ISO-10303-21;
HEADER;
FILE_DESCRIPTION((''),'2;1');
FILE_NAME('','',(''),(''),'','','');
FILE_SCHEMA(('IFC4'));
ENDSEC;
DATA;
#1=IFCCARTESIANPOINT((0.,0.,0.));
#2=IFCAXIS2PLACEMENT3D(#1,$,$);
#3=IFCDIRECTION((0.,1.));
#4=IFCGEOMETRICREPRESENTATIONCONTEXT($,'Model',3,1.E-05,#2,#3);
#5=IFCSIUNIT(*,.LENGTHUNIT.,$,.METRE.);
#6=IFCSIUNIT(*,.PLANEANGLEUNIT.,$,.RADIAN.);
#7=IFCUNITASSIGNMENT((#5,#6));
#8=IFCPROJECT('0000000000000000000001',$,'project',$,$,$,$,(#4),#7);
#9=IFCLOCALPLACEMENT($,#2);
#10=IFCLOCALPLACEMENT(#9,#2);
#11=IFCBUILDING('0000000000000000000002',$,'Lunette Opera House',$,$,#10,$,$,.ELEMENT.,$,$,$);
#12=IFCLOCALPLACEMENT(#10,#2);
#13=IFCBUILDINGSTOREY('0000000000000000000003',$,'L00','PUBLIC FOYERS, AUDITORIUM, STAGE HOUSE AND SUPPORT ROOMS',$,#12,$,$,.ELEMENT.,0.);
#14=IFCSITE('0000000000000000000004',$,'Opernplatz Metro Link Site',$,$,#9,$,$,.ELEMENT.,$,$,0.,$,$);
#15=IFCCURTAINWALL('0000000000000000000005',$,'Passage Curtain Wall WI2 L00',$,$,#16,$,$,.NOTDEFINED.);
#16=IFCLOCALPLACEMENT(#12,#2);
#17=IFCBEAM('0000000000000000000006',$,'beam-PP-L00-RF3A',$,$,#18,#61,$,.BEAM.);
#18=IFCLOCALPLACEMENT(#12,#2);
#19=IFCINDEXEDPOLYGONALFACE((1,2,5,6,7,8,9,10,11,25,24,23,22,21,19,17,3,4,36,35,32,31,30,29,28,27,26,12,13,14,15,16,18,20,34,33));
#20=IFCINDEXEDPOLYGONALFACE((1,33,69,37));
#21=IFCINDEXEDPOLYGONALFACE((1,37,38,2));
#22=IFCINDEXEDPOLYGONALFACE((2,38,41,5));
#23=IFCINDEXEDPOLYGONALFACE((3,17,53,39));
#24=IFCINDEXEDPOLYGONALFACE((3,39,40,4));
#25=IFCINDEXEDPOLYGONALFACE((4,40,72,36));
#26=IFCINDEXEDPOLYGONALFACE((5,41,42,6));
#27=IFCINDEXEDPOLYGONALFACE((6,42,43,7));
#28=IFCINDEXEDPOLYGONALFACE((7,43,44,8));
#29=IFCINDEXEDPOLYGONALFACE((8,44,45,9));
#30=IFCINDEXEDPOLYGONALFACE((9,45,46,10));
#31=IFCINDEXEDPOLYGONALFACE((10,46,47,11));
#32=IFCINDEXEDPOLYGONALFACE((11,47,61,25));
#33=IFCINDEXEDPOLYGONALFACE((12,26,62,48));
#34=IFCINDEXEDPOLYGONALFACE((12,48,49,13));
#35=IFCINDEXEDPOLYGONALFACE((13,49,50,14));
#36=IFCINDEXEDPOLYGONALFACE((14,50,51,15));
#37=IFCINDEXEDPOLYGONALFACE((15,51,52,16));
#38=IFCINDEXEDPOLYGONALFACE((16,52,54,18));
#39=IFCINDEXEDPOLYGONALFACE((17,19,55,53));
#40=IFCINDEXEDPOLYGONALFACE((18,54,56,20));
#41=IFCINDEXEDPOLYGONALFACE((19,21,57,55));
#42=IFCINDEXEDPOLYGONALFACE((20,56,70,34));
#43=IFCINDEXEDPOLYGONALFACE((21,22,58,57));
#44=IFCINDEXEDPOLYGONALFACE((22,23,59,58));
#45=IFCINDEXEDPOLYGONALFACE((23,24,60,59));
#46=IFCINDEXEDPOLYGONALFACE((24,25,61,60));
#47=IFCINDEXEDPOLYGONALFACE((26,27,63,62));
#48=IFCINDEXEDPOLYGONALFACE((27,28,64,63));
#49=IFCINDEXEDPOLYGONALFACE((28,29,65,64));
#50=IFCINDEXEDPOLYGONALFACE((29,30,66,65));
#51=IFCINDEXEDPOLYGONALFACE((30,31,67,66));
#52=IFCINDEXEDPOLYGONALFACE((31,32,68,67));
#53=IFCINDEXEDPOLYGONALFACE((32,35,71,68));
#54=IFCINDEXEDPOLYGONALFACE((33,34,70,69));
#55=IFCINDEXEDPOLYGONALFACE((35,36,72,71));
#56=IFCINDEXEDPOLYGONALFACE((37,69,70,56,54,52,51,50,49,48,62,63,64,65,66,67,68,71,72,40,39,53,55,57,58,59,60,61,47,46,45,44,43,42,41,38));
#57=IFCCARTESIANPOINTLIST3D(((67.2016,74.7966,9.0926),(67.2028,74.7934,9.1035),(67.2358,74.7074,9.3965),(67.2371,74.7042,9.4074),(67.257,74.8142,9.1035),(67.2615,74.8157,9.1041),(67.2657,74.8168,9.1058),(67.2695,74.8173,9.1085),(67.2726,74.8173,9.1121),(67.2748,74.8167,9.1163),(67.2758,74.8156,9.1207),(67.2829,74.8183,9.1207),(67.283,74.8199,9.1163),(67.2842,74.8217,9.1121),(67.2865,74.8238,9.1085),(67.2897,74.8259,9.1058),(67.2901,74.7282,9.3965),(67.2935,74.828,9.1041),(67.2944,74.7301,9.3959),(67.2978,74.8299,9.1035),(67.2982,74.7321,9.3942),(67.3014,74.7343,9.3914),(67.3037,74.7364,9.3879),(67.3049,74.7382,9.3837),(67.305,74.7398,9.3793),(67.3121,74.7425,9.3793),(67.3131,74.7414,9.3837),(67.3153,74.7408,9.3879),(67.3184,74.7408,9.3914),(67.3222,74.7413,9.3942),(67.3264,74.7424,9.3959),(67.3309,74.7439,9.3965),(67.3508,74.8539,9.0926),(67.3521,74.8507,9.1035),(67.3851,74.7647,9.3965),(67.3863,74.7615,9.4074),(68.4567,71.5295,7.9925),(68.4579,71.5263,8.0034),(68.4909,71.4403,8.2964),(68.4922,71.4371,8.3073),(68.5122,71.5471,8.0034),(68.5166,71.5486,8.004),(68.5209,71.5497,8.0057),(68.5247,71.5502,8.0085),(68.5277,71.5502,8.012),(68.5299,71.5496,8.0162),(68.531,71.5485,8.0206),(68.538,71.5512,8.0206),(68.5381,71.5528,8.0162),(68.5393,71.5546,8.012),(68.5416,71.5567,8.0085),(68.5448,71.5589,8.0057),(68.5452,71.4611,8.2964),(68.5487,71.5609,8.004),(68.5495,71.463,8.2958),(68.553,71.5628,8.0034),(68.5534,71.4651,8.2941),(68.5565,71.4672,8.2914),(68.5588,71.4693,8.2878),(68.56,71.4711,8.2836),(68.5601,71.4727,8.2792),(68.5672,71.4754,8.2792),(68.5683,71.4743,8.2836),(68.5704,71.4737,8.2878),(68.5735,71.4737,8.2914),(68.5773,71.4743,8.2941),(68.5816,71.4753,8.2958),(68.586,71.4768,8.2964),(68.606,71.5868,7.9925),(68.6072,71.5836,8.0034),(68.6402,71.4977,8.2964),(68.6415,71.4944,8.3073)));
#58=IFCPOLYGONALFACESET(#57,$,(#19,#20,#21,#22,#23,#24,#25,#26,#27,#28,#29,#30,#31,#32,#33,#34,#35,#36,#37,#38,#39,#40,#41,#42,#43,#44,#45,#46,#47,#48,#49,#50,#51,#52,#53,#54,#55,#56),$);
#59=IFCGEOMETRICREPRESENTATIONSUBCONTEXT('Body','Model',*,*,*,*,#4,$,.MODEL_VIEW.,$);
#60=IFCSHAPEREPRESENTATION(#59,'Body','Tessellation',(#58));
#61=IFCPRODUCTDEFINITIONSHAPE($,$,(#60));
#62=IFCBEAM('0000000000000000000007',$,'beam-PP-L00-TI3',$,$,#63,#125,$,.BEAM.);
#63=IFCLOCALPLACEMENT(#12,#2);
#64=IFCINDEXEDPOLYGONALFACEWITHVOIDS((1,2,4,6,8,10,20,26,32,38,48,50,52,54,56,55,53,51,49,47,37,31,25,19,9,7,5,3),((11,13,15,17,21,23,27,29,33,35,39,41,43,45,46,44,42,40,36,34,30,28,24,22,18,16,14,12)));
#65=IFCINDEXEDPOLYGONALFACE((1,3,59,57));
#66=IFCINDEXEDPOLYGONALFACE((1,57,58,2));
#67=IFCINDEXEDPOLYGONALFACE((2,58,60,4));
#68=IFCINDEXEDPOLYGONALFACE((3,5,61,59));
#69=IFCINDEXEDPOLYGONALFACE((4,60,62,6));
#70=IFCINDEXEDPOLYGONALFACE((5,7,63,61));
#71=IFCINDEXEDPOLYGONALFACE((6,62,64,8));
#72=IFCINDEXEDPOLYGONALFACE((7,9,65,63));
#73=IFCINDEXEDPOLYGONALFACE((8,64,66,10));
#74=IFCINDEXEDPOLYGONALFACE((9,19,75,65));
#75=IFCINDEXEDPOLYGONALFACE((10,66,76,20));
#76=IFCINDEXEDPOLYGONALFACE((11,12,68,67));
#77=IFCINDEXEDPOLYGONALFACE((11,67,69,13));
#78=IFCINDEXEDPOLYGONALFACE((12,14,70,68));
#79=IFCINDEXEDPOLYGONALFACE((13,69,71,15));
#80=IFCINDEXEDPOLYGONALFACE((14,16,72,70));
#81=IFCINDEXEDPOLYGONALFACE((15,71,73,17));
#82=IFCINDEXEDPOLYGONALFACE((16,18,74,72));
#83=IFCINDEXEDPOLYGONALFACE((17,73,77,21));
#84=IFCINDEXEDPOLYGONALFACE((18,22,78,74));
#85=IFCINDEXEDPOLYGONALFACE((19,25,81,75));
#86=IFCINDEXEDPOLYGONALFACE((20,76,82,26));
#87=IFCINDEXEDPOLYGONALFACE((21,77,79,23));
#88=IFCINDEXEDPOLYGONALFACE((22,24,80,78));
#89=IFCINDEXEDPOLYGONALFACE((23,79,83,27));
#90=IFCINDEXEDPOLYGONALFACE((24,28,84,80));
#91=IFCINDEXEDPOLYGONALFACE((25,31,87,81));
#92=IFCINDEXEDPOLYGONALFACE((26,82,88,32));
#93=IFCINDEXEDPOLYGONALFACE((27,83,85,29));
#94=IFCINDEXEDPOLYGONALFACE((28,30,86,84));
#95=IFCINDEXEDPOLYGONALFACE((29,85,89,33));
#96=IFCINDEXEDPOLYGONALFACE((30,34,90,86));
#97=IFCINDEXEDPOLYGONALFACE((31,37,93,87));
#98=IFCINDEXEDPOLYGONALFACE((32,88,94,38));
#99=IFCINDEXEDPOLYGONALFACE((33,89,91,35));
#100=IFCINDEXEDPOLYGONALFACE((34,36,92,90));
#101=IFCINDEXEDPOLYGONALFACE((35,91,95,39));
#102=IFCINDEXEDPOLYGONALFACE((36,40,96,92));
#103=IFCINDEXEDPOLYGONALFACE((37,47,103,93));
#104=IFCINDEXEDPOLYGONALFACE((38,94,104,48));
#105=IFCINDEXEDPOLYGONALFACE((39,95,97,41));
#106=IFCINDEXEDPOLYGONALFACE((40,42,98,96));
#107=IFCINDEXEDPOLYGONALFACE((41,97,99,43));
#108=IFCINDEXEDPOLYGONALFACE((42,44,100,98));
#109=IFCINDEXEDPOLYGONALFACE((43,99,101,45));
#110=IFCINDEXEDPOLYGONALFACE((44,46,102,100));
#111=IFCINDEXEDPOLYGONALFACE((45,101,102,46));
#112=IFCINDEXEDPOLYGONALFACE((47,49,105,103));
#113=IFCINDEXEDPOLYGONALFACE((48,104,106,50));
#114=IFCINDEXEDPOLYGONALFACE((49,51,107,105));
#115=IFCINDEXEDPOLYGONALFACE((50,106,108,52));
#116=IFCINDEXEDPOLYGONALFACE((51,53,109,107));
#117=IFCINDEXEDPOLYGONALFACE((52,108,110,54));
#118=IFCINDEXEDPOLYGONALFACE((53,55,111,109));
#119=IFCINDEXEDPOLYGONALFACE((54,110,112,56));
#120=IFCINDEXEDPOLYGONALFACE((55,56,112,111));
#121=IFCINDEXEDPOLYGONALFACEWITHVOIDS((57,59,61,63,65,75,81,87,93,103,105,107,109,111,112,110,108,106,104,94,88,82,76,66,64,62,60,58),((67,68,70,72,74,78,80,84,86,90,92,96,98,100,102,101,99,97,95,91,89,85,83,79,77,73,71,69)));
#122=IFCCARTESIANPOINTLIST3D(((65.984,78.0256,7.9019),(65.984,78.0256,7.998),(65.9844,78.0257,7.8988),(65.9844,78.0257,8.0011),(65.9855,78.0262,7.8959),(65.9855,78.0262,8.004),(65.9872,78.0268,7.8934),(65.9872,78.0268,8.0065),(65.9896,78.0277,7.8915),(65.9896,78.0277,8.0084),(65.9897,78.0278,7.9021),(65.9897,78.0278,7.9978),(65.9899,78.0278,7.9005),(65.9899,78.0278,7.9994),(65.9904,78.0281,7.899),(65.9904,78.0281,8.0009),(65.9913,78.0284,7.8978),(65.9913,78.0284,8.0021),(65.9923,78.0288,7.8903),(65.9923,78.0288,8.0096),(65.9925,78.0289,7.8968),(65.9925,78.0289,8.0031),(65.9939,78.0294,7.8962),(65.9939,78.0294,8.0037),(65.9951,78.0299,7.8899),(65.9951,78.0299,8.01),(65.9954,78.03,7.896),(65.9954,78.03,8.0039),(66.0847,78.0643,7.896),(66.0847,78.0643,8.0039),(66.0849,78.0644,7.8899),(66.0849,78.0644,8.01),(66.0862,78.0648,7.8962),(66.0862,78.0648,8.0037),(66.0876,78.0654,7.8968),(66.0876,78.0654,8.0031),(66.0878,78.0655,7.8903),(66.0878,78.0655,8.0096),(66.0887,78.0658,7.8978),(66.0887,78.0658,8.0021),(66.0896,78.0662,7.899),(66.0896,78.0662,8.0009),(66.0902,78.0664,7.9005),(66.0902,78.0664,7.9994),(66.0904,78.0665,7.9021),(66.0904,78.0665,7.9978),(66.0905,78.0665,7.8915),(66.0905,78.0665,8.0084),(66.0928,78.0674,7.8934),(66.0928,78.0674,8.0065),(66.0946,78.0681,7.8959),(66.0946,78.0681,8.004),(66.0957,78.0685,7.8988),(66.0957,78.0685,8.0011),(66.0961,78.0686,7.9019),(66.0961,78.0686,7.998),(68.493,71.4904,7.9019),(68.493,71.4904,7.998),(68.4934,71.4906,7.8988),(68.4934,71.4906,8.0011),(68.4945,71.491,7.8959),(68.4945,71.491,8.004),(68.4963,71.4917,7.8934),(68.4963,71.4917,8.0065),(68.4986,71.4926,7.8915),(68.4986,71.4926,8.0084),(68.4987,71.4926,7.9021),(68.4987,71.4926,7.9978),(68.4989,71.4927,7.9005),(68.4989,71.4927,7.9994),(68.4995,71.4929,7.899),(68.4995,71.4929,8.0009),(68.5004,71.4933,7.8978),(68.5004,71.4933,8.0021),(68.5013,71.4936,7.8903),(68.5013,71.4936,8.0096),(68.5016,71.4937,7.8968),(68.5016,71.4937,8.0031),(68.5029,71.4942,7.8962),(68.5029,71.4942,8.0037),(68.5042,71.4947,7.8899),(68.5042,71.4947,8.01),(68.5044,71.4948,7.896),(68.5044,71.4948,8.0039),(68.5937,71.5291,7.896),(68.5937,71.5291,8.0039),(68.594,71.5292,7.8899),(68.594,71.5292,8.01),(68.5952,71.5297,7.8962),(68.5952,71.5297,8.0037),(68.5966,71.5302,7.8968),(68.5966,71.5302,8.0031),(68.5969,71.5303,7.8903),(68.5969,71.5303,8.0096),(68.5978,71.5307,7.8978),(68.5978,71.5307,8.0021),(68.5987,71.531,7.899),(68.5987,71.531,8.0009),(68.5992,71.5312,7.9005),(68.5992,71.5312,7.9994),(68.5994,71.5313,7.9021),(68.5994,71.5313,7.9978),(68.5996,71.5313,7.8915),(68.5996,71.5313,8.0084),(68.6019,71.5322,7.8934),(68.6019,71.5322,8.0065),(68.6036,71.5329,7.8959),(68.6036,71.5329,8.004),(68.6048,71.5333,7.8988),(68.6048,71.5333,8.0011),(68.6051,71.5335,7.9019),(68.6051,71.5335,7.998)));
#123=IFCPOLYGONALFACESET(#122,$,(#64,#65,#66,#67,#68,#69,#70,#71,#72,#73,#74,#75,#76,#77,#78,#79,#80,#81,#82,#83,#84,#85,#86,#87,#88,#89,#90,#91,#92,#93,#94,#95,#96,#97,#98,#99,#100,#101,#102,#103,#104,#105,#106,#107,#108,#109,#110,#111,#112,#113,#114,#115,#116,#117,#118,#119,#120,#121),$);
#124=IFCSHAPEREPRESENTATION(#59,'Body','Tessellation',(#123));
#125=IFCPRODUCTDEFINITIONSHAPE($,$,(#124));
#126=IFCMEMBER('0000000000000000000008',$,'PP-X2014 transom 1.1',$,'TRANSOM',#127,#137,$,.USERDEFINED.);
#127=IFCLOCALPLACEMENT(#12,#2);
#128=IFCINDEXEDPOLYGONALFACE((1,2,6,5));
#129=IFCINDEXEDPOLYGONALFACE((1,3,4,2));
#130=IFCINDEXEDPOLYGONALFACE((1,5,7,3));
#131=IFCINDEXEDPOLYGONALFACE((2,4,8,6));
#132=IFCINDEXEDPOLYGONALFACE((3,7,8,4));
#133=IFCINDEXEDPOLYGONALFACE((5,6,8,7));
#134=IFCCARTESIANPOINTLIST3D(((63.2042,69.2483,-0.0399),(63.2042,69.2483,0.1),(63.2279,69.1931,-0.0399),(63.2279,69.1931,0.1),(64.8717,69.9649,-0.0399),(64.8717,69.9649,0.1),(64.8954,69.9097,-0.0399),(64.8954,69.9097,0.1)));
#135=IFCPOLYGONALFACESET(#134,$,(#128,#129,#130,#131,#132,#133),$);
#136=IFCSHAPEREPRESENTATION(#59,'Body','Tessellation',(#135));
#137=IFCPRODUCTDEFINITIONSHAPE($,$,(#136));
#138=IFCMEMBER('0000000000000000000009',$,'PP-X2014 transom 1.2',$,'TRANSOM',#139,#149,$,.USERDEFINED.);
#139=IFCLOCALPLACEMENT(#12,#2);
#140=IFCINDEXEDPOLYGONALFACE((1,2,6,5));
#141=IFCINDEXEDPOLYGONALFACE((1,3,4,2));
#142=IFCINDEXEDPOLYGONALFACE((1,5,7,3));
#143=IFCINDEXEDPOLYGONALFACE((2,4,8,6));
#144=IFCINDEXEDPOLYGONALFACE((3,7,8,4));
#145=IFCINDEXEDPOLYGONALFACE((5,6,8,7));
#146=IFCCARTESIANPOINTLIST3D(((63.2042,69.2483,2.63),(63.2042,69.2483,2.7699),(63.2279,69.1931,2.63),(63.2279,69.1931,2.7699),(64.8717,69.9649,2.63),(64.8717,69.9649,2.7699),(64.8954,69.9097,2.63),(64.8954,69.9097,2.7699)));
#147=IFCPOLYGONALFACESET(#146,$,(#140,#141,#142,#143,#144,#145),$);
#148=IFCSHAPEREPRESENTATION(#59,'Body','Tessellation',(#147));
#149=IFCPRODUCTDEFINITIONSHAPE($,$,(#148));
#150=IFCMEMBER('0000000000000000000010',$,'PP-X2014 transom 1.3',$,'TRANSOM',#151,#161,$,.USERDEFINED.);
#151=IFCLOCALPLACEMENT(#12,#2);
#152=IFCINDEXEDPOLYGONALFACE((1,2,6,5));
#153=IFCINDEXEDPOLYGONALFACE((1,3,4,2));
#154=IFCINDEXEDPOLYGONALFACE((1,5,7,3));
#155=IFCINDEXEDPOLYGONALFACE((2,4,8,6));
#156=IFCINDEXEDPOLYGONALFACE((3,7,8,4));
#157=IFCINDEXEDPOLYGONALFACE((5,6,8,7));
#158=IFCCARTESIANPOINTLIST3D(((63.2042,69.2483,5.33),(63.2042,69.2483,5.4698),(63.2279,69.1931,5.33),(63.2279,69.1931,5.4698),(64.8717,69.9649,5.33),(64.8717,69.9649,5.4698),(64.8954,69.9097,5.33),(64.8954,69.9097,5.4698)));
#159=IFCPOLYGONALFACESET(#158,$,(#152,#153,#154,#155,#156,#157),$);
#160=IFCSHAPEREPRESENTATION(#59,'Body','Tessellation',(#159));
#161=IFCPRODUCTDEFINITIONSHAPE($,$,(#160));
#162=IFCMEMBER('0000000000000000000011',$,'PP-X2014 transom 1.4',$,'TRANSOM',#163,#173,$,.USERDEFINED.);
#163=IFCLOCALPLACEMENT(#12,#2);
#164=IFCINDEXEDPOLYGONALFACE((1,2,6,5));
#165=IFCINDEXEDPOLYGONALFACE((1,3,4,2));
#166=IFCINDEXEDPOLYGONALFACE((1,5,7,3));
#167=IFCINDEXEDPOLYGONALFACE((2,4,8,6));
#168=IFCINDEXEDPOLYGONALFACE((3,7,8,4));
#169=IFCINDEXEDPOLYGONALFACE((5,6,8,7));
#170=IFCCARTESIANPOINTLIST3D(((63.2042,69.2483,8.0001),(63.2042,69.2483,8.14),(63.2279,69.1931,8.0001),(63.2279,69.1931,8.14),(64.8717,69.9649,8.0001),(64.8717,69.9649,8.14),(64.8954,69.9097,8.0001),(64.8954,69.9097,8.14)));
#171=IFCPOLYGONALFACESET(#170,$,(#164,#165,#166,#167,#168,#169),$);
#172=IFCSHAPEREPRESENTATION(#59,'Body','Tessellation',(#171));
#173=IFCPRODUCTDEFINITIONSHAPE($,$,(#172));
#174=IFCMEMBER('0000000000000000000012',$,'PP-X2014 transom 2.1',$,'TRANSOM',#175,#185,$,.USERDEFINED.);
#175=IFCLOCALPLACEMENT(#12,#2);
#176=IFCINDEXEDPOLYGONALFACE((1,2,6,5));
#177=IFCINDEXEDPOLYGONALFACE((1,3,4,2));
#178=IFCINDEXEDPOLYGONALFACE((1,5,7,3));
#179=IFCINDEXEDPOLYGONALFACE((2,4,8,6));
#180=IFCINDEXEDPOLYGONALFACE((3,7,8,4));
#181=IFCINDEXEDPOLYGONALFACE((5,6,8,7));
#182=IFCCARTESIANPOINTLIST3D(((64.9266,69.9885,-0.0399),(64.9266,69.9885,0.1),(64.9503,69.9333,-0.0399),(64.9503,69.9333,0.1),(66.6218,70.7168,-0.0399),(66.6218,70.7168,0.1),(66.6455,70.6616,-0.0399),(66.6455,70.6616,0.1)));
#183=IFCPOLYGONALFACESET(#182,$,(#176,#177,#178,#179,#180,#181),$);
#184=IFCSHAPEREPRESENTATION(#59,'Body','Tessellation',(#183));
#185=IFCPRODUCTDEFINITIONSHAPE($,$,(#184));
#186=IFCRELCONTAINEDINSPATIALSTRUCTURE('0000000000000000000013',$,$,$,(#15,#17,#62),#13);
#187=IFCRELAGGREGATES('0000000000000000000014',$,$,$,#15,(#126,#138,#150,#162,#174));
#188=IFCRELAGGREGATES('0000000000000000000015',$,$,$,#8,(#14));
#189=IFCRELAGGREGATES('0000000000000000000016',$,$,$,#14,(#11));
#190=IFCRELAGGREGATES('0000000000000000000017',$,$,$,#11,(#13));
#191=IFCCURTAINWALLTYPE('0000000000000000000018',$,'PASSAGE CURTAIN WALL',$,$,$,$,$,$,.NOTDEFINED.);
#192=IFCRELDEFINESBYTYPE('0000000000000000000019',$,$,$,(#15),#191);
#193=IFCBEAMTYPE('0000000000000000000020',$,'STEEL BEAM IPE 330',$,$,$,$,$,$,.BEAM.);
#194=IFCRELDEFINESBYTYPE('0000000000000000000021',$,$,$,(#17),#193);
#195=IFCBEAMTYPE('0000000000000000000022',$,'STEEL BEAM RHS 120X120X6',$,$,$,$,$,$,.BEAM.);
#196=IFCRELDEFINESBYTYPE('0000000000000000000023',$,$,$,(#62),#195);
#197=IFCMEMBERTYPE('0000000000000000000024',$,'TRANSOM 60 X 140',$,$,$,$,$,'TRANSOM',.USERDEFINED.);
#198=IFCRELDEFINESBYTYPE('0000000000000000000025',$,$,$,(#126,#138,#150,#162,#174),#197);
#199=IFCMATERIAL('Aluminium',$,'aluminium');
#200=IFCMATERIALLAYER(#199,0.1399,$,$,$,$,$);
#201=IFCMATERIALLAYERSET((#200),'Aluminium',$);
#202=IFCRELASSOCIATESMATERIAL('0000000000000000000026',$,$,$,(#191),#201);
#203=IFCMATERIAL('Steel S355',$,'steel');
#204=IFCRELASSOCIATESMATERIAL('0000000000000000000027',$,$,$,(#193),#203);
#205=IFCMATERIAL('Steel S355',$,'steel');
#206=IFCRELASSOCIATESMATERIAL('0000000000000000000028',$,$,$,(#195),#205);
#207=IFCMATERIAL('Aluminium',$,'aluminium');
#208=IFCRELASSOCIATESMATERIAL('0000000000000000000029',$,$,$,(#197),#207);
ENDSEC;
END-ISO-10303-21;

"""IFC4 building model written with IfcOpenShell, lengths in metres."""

from ifc_helpers import new_model, si_unit, direction, frame, origin, origin_2d, place, context, subcontext, project, spatial, rectangle, hollow_rectangle, i_section, extrude, material, layer, layer_set, material_profile, profile_set, type_object, element, aggregate, save


model = new_model("IFC4")

# Units and contexts
model_context = context("Model", 3, precision=1e-05, world=origin(), true_north=direction((0.0, 1.0)))
body_context = subcontext(model_context, "Body", "Model", "MODEL_VIEW")
ifc_project = project(units=[si_unit("LENGTHUNIT", "METRE"), si_unit("PLANEANGLEUNIT", "RADIAN")], contexts=[model_context])

# Site, building, storey
site_placement = place(None, origin())
site = spatial("IfcSite", under=ifc_project, at=site_placement, Name="Opernplatz Metro Link Site", CompositionType="ELEMENT", RefElevation=0.0)
building_placement = place(site_placement, origin())
building = spatial("IfcBuilding", under=site, at=building_placement, Name="Lunette Opera House", CompositionType="ELEMENT")
storey_placement = place(building_placement, origin())
storey = spatial("IfcBuildingStorey", under=building, at=storey_placement, Name="L00", Description="PUBLIC FOYERS, AUDITORIUM, STAGE HOUSE AND SUPPORT ROOMS", CompositionType="ELEMENT", Elevation=0.0)

# Curtain wall
ifc_material_1 = material(Name="Aluminium", Category="aluminium")
ifc_layer_1 = layer(ifc_material_1, 0.1399)
ifc_layer_set_1 = layer_set([ifc_layer_1], Name="Aluminium")
curtain_wall_type = type_object("IfcCurtainWallType", Name="PASSAGE CURTAIN WALL", PredefinedType="NOTDEFINED", material=ifc_layer_set_1)
curtain_wall_placement = place(storey_placement, origin())
curtain_wall = element("IfcCurtainWall", 1, at=curtain_wall_placement, inside=storey, type_object=curtain_wall_type, Name="Passage Curtain Wall WI2 L00", PredefinedType="NOTDEFINED")

# Beams
ifc_material_2 = material(Name="Steel S355", Category="steel")
ifc_material_profile_1 = material_profile(ifc_material_2, i_section(OverallWidth=0.1599, OverallDepth=0.3301, WebThickness=0.0076, FlangeThickness=0.0115, FilletRadius=0.0181, at=origin_2d()), Name="IPE 330")
ifc_profile_set_1 = profile_set([ifc_material_profile_1], Name="Steel S355")
beam_type_1 = type_object("IfcBeamType", Name="STEEL BEAM IPE 330", PredefinedType="BEAM", material=ifc_profile_set_1)
beam_1_placement = place(storey_placement, frame((68.5491, 71.512, 8.1499), z_axis=(-0.342117, 0.890528, 0.29986), x_axis=(-0.933484, -0.358619, 0.0)))
element("IfcBeam", 2, at=beam_1_placement, inside=storey, type_object=beam_type_1, Name="beam-PP-L00-RF3A", PredefinedType="BEAM", context=body_context, shape_type="SweptSolid", body=[
    extrude(i_section(OverallWidth=0.1599, OverallDepth=0.3301, WebThickness=0.0076, FlangeThickness=0.0115, FilletRadius=0.0181, at=origin_2d()), origin(), (0.0, 0.0, 1.0), 3.6687),
])
ifc_material_3 = material(Name="Steel S355", Category="steel")
ifc_material_profile_2 = material_profile(ifc_material_3, hollow_rectangle(XDim=0.1201, YDim=0.1201, WallThickness=0.0061, InnerFilletRadius=0.0061, OuterFilletRadius=0.012, at=origin_2d()), Name="RHS 120X120X6")
ifc_profile_set_2 = profile_set([ifc_material_profile_2], Name="Steel S355")
beam_type_2 = type_object("IfcBeamType", Name="STEEL BEAM RHS 120X120X6", PredefinedType="BEAM", material=ifc_profile_set_2)
beam_2_placement = place(storey_placement, frame((68.5491, 71.512, 7.95), z_axis=(-0.35842, 0.93356, 0.0), x_axis=(-0.93356, -0.35842, 0.0)))
element("IfcBeam", 3, at=beam_2_placement, inside=storey, type_object=beam_type_2, Name="beam-PP-L00-TI3", PredefinedType="BEAM", context=body_context, shape_type="SweptSolid", body=[
    extrude(hollow_rectangle(XDim=0.1201, YDim=0.1201, WallThickness=0.0061, InnerFilletRadius=0.0061, OuterFilletRadius=0.012, at=origin_2d()), origin(), (0.0, 0.0, 1.0), 7.0002),
])

# Members
ifc_material_4 = material(Name="Aluminium", Category="aluminium")
ifc_material_profile_3 = material_profile(ifc_material_4, rectangle(XDim=0.0601, YDim=0.1399, at=origin_2d()), Name="TRANSOM 60 X 140")
ifc_profile_set_3 = profile_set([ifc_material_profile_3], Name="Aluminium")
member_type_1 = type_object("IfcMemberType", Name="TRANSOM 60 X 140", ElementType="TRANSOM", PredefinedType="USERDEFINED", material=ifc_profile_set_3)
member_1_placement = place(storey_placement, frame((63.2161, 69.2207, 0.03), z_axis=(0.918762, 0.394812, 0.0), x_axis=(-0.394812, 0.918762, 0.0)))
member_1 = element("IfcMember", 4, at=member_1_placement, type_object=member_type_1, Name="PP-X2014 transom 1.1", ObjectType="TRANSOM", PredefinedType="USERDEFINED", context=body_context, shape_type="SweptSolid", body=[
    extrude(rectangle(XDim=0.0601, YDim=0.1399, at=origin_2d()), origin(), (0.0, 0.0, 1.0), 1.8149),
])
member_2_placement = place(storey_placement, frame((63.2161, 69.2207, 2.7), z_axis=(0.918762, 0.394812, 0.0), x_axis=(-0.394812, 0.918762, 0.0)))
member_2 = element("IfcMember", 5, at=member_2_placement, type_object=member_type_1, Name="PP-X2014 transom 1.2", ObjectType="TRANSOM", PredefinedType="USERDEFINED", context=body_context, shape_type="SweptSolid", body=[
    extrude(rectangle(XDim=0.0601, YDim=0.1399, at=origin_2d()), origin(), (0.0, 0.0, 1.0), 1.8149),
])
member_3_placement = place(storey_placement, frame((63.2161, 69.2207, 5.3999), z_axis=(0.918762, 0.394812, 0.0), x_axis=(-0.394812, 0.918762, 0.0)))
member_3 = element("IfcMember", 6, at=member_3_placement, type_object=member_type_1, Name="PP-X2014 transom 1.3", ObjectType="TRANSOM", PredefinedType="USERDEFINED", context=body_context, shape_type="SweptSolid", body=[
    extrude(rectangle(XDim=0.0601, YDim=0.1399, at=origin_2d()), origin(), (0.0, 0.0, 1.0), 1.8149),
])
member_4_placement = place(storey_placement, frame((63.2161, 69.2207, 8.0701), z_axis=(0.918762, 0.394812, 0.0), x_axis=(-0.394812, 0.918762, 0.0)))
member_4 = element("IfcMember", 7, at=member_4_placement, type_object=member_type_1, Name="PP-X2014 transom 1.4", ObjectType="TRANSOM", PredefinedType="USERDEFINED", context=body_context, shape_type="SweptSolid", body=[
    extrude(rectangle(XDim=0.0601, YDim=0.1399, at=origin_2d()), origin(), (0.0, 0.0, 1.0), 1.8149),
])
member_5_placement = place(storey_placement, frame((64.9385, 69.9609, 0.03), z_axis=(0.918789, 0.39475, 0.0), x_axis=(-0.39475, 0.918789, 0.0)))
member_5 = element("IfcMember", 8, at=member_5_placement, type_object=member_type_1, Name="PP-X2014 transom 2.1", ObjectType="TRANSOM", PredefinedType="USERDEFINED", context=body_context, shape_type="SweptSolid", body=[
    extrude(rectangle(XDim=0.0601, YDim=0.1399, at=origin_2d()), origin(), (0.0, 0.0, 1.0), 1.845),
])

aggregate(curtain_wall, [member_1, member_2, member_3, member_4, member_5])

save(model, "model.ifc")
